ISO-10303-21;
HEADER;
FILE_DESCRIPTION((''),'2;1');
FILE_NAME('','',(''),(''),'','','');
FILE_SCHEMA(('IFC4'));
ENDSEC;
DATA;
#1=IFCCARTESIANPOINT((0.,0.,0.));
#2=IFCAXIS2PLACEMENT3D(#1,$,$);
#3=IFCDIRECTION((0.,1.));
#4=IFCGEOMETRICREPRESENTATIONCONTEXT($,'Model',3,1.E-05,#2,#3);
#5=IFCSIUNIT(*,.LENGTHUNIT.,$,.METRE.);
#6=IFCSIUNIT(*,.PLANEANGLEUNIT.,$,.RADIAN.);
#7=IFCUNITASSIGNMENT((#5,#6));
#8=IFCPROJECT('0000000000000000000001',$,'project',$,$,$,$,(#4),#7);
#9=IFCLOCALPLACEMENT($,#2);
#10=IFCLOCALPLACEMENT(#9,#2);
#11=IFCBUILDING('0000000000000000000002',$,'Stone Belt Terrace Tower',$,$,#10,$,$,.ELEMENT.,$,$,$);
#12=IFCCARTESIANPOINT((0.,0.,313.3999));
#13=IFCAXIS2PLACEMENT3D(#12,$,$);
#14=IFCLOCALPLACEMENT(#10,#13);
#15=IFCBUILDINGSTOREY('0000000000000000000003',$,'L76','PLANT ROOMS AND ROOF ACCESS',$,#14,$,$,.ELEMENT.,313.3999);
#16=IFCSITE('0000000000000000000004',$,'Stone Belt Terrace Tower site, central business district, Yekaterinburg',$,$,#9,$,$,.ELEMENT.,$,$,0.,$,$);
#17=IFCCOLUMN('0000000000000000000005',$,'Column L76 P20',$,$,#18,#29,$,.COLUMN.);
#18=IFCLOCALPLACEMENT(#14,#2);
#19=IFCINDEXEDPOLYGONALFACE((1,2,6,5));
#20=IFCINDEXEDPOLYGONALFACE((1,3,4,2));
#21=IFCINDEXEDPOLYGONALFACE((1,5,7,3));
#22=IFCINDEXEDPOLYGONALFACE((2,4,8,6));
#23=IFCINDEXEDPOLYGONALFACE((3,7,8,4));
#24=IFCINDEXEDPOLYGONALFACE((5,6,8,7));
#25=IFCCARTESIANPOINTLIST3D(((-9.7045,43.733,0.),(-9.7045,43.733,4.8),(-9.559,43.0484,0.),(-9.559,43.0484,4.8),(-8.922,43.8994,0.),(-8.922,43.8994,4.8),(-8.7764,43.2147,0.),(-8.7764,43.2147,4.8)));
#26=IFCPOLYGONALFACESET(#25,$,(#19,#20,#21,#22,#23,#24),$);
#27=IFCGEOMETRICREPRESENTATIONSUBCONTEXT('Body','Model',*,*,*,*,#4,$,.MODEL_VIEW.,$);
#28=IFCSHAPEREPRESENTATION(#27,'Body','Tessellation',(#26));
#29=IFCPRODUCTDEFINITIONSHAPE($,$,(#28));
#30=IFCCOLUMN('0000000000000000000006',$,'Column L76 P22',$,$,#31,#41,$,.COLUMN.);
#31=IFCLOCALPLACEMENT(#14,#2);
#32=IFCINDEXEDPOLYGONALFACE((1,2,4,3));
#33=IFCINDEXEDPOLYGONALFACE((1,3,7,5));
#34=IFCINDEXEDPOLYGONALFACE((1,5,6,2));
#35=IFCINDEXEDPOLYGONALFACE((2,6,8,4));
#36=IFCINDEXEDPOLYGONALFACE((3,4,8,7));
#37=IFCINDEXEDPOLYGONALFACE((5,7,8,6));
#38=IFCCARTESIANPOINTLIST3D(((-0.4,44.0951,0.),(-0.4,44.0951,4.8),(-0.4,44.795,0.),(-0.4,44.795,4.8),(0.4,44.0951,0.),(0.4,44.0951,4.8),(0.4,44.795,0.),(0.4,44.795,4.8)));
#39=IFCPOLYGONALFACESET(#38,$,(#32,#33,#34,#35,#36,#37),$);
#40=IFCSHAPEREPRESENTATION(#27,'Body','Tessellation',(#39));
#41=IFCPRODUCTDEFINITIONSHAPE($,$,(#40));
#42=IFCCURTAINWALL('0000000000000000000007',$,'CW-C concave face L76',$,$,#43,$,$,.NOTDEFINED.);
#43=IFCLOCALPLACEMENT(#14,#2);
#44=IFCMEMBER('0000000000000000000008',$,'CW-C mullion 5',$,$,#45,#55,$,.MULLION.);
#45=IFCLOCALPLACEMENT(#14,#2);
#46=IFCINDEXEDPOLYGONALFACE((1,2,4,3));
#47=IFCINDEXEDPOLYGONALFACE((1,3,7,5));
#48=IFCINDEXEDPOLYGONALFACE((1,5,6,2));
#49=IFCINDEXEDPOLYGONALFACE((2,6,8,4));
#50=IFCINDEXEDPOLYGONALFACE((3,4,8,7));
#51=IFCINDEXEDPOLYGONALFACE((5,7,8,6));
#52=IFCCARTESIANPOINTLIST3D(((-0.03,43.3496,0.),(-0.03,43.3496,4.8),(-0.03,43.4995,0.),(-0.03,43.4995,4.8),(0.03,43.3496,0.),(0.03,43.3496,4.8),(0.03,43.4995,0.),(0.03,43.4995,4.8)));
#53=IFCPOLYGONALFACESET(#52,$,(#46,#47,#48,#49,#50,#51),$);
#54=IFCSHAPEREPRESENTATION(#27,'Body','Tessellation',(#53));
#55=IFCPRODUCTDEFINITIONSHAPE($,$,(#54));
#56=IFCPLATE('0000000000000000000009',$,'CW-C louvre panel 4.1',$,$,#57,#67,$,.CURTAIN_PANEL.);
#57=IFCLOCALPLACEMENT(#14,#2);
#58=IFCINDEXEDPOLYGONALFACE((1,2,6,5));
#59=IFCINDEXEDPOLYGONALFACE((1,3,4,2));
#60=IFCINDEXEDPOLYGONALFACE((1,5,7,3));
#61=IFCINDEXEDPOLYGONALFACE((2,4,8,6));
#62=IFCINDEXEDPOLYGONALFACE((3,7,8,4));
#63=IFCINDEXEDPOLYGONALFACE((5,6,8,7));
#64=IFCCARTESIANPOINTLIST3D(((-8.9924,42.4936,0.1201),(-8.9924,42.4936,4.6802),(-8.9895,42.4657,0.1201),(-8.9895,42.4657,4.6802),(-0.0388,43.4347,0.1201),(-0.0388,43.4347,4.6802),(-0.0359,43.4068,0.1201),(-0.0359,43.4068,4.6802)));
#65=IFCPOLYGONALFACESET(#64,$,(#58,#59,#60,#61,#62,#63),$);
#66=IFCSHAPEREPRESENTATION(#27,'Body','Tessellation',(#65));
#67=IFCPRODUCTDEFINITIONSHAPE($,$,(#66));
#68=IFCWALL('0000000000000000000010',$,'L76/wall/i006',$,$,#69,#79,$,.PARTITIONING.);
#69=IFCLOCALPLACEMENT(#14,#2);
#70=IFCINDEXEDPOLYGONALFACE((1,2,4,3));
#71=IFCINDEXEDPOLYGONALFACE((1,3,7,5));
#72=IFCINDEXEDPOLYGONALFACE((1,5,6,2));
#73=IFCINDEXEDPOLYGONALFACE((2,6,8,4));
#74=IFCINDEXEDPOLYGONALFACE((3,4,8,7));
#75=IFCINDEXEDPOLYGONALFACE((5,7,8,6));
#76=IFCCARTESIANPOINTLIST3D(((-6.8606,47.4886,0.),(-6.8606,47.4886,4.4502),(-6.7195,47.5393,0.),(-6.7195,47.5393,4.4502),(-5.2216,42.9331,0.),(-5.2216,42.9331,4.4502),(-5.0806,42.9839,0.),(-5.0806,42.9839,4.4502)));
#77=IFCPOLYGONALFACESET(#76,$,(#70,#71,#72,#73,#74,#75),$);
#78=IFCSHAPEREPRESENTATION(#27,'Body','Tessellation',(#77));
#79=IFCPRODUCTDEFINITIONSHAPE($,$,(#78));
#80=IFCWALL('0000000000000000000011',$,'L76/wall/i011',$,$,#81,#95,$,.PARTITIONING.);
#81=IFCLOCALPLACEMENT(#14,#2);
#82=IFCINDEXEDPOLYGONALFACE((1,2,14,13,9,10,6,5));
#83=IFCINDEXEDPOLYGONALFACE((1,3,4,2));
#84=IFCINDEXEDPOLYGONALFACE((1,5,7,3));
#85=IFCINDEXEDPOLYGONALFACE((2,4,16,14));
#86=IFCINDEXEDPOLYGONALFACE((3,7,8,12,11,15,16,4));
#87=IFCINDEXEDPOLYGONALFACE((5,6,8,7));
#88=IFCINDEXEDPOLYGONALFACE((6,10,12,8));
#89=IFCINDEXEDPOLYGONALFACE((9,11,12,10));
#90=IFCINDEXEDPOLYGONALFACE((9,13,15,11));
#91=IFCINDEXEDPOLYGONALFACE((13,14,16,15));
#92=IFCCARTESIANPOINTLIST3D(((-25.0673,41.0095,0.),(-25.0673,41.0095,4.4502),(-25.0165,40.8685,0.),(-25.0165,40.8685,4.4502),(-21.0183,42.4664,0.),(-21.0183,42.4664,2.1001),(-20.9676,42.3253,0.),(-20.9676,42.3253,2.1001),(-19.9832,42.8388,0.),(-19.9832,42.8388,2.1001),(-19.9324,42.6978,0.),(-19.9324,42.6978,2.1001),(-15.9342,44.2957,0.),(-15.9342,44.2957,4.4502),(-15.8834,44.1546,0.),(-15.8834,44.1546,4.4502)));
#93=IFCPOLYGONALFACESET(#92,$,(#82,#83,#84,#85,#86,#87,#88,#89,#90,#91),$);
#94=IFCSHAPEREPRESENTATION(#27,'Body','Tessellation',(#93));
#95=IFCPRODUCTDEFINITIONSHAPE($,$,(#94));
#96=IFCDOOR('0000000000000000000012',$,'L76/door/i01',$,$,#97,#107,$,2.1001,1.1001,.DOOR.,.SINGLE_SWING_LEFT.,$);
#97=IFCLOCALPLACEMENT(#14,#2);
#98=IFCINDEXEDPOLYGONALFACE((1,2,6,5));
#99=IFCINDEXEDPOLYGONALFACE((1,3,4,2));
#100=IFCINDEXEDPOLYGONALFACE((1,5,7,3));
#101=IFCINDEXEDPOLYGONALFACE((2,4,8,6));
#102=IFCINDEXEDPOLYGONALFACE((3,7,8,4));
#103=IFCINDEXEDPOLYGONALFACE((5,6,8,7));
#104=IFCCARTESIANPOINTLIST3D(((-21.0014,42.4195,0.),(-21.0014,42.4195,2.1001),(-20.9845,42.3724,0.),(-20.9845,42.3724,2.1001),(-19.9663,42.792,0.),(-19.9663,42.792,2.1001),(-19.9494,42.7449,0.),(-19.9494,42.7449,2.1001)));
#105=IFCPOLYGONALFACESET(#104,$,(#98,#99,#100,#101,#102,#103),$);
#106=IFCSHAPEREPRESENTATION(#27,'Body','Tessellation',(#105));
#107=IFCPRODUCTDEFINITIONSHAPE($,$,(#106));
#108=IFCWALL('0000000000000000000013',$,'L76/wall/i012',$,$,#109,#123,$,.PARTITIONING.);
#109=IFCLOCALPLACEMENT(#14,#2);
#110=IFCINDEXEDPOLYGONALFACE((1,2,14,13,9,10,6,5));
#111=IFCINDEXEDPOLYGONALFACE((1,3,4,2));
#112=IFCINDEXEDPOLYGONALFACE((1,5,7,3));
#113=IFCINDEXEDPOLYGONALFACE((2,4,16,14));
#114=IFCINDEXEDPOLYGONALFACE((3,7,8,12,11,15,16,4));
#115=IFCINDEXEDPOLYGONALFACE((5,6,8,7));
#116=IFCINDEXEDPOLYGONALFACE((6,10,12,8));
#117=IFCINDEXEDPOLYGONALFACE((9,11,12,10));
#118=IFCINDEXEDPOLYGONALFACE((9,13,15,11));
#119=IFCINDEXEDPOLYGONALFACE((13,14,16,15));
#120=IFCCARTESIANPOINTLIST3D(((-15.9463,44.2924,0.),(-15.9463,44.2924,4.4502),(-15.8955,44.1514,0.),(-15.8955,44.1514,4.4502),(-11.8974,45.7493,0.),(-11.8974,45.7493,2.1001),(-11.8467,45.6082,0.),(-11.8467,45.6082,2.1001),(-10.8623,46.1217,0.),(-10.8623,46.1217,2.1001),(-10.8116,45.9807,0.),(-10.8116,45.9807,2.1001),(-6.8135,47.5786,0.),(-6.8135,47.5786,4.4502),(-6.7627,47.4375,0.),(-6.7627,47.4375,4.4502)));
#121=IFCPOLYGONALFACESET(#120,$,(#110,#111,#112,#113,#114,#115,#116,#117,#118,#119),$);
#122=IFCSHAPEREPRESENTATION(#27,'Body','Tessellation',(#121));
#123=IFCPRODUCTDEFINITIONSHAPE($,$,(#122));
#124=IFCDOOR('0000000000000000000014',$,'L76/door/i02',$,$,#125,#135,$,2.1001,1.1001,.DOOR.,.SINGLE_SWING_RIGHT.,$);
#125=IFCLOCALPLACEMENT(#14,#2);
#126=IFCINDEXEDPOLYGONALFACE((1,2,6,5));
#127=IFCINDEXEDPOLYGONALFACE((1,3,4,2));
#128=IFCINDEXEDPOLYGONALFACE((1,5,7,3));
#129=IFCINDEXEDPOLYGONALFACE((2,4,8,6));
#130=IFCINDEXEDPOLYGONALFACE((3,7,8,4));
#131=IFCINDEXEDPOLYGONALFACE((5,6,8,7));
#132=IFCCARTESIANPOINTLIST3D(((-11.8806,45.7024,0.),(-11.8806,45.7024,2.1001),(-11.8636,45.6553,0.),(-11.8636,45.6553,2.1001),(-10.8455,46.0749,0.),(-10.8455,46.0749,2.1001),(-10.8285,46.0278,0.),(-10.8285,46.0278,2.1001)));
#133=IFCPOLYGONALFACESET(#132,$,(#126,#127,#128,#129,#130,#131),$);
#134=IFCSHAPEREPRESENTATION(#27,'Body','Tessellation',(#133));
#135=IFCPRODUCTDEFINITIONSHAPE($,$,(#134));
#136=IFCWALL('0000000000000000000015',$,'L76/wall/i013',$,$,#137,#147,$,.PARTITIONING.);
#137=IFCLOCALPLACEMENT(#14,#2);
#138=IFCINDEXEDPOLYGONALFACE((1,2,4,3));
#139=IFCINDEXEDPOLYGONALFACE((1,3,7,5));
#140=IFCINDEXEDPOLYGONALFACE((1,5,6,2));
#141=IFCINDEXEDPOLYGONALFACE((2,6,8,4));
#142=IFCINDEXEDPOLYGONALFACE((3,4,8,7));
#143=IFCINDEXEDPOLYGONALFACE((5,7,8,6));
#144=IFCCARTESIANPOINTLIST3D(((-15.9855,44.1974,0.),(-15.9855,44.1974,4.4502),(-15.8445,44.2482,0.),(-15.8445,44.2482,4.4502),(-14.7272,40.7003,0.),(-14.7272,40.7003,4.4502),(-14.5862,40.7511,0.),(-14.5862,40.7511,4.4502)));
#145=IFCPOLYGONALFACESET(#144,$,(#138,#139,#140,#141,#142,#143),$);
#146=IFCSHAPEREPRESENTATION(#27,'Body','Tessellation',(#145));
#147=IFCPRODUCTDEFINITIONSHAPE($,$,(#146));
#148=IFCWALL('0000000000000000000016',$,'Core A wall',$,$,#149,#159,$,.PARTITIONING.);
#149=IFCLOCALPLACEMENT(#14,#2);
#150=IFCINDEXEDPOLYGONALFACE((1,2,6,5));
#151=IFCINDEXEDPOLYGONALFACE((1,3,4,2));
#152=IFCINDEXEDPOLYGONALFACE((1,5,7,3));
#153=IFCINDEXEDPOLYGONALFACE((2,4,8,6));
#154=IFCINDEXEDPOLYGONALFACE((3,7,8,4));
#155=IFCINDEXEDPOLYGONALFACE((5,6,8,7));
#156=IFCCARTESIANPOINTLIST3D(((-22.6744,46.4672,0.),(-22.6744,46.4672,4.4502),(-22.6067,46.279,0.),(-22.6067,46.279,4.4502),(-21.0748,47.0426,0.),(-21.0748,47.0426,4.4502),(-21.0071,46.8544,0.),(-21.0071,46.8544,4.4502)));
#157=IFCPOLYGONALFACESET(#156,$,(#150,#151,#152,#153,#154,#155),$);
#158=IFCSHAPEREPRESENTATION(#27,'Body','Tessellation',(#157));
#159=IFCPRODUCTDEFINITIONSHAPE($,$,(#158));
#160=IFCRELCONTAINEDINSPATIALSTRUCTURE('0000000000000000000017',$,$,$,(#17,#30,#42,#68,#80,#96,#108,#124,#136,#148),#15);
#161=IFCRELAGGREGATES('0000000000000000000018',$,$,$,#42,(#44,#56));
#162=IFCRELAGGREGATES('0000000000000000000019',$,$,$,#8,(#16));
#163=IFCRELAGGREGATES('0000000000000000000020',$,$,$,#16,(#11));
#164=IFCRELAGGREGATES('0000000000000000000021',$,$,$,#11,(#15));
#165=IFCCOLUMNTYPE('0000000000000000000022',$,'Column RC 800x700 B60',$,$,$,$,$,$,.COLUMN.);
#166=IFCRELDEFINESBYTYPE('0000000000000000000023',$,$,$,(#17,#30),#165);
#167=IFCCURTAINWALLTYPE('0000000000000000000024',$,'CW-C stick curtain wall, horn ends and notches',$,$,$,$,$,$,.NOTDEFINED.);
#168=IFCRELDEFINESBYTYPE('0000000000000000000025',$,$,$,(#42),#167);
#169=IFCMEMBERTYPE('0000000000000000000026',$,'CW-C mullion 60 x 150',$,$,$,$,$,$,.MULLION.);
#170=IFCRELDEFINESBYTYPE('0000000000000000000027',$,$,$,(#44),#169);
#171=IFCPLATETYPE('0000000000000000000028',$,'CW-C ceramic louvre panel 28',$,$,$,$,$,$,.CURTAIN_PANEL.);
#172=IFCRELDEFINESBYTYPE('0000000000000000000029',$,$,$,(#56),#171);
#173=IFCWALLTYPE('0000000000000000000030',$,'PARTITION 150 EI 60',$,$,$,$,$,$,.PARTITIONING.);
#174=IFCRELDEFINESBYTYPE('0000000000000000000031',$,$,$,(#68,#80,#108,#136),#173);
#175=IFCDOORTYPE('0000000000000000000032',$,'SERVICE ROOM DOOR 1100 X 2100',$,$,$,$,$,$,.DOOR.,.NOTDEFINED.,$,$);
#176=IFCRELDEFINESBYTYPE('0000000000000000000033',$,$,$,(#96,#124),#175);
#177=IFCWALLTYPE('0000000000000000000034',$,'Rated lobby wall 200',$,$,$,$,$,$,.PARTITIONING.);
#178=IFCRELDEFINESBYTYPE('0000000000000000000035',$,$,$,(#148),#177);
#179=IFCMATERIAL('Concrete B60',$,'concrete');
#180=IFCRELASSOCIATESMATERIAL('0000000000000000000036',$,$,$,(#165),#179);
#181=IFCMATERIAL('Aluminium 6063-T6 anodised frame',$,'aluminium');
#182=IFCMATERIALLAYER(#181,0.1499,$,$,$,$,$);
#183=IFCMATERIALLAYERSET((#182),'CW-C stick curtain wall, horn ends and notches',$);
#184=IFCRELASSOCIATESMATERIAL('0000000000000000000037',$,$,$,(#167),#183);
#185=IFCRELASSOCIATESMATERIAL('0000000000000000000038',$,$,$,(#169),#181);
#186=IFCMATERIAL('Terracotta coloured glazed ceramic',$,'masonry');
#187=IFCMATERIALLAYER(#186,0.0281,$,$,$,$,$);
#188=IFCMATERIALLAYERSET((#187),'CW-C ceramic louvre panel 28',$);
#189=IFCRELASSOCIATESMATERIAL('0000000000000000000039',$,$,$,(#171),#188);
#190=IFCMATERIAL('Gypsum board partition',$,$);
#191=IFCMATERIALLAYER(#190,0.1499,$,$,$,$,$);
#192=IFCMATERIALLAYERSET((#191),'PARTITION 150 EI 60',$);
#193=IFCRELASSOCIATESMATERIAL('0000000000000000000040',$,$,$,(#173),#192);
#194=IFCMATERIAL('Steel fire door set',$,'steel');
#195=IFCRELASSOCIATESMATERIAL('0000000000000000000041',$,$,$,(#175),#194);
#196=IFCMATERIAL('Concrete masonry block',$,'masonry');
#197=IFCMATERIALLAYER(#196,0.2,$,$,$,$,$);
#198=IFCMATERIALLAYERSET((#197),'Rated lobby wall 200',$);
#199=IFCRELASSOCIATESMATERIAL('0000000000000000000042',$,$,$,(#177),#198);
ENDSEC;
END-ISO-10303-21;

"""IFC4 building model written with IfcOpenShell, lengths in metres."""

from ifc_helpers import new_model, si_unit, direction, frame, frame_2d, origin, origin_2d, place, context, subcontext, project, spatial, rectangle, extrude, material, layer, layer_set, material_profile, profile_set, type_object, element, fill, aggregate, save


model = new_model("IFC4")

# Units and contexts
model_context = context("Model", 3, precision=1e-05, world=origin(), true_north=direction((0.0, 1.0)))
body_context = subcontext(model_context, "Body", "Model", "MODEL_VIEW")
ifc_project = project(units=[si_unit("LENGTHUNIT", "METRE"), si_unit("PLANEANGLEUNIT", "RADIAN")], contexts=[model_context])

# Site, building, storey
site_placement = place(None, origin())
site = spatial("IfcSite", under=ifc_project, at=site_placement, Name="Stone Belt Terrace Tower site, central business district, Yekaterinburg", CompositionType="ELEMENT", RefElevation=0.0)
building_placement = place(site_placement, origin())
building = spatial("IfcBuilding", under=site, at=building_placement, Name="Stone Belt Terrace Tower", CompositionType="ELEMENT")
storey_placement = place(building_placement, frame((0.0, 0.0, 313.3999)))
storey = spatial("IfcBuildingStorey", under=building, at=storey_placement, Name="L76", Description="PLANT ROOMS AND ROOF ACCESS", CompositionType="ELEMENT", Elevation=313.3999)

# Columns
ifc_material_1 = material(Name="Concrete B60", Category="concrete")
ifc_material_profile_1 = material_profile(ifc_material_1, rectangle(XDim=0.8, YDim=0.7, at=origin_2d()), Name="RC 800x700")
ifc_profile_set_1 = profile_set([ifc_material_profile_1], Name="Concrete B60")
column_type = type_object("IfcColumnType", Name="Column RC 800x700 B60", PredefinedType="COLUMN", material=ifc_profile_set_1)
for number, where, z_axis, x_axis, name in (
    (1, (-9.2405, 43.4739, 0.0), (0.0, 0.0, 1.0), (0.978148, 0.207912, 0.0), "Column L76 P20"),
    (2, (0.0, 44.4451, 0.0), (0.0, 0.0, 1.0), (1.0, 0.0, 0.0), "Column L76 P22"),
):
    element("IfcColumn", number, at=place(storey_placement, frame(where, z_axis=z_axis, x_axis=x_axis)), inside=storey, type_object=column_type, Name=name, PredefinedType="COLUMN", context=body_context, shape_type="SweptSolid", body=[
        extrude(rectangle(XDim=0.8, YDim=0.7, at=origin_2d()), origin(), (0.0, 0.0, 1.0), 4.8),
    ])

# Curtain wall, member, plate
ifc_material_2 = material(Name="Aluminium 6063-T6 anodised frame", Category="aluminium")
ifc_layer_1 = layer(ifc_material_2, 0.1499)
ifc_layer_set_1 = layer_set([ifc_layer_1], Name="CW-C stick curtain wall, horn ends and notches")
curtain_wall_type = type_object("IfcCurtainWallType", Name="CW-C stick curtain wall, horn ends and notches", PredefinedType="NOTDEFINED", material=ifc_layer_set_1)
curtain_wall_placement = place(storey_placement, origin())
curtain_wall = element("IfcCurtainWall", 3, at=curtain_wall_placement, inside=storey, type_object=curtain_wall_type, Name="CW-C concave face L76", PredefinedType="NOTDEFINED")
ifc_material_profile_2 = material_profile(ifc_material_2, rectangle(XDim=0.1499, YDim=0.0601, at=origin_2d()), Name="Aluminium 6063-T6 60x150")
ifc_profile_set_2 = profile_set([ifc_material_profile_2], Name="Aluminium 6063-T6 anodised frame")
member_type = type_object("IfcMemberType", Name="CW-C mullion 60 x 150", PredefinedType="MULLION", material=ifc_profile_set_2)
member_placement = place(storey_placement, frame((0.0, 43.4246, 0.0), z_axis=(0.0, 0.0, 1.0), x_axis=(0.0, 1.0, 0.0)))
member = element("IfcMember", 4, at=member_placement, type_object=member_type, Name="CW-C mullion 5", PredefinedType="MULLION", context=body_context, shape_type="SweptSolid", body=[
    extrude(rectangle(XDim=0.1499, YDim=0.0601, at=origin_2d()), origin(), (0.0, 0.0, 1.0), 4.8),
])
ifc_material_3 = material(Name="Terracotta coloured glazed ceramic", Category="masonry")
ifc_layer_2 = layer(ifc_material_3, 0.0281)
ifc_layer_set_2 = layer_set([ifc_layer_2], Name="CW-C ceramic louvre panel 28")
plate_type = type_object("IfcPlateType", Name="CW-C ceramic louvre panel 28", PredefinedType="CURTAIN_PANEL", material=ifc_layer_set_2)
plate_placement = place(storey_placement, frame((-4.5142, 42.9502, 0.1201), z_axis=(0.0, 0.0, 1.0), x_axis=(0.994522, 0.104528, 0.0)))
plate = element("IfcPlate", 5, at=plate_placement, type_object=plate_type, Name="CW-C louvre panel 4.1", PredefinedType="CURTAIN_PANEL", context=body_context, shape_type="SweptSolid", body=[
    extrude(rectangle(XDim=9.0029, YDim=0.0281, at=origin_2d()), origin(), (0.0, 0.0, 1.0), 4.5601),
])
aggregate(curtain_wall, [member, plate])

# Wall
ifc_material_4 = material(Name="Gypsum board partition")
ifc_layer_3 = layer(ifc_material_4, 0.1499)
ifc_layer_set_3 = layer_set([ifc_layer_3], Name="PARTITION 150 EI 60")
wall_type_1 = type_object("IfcWallType", Name="PARTITION 150 EI 60", PredefinedType="PARTITIONING", material=ifc_layer_set_3)
wall_1_placement = place(storey_placement, frame((-5.1511, 42.9585, 0.0), z_axis=(0.0, 0.0, 1.0), x_axis=(-0.33853, 0.940956, 0.0)))
element("IfcWall", 6, at=wall_1_placement, inside=storey, type_object=wall_type_1, Name="L76/wall/i006", PredefinedType="PARTITIONING", context=body_context, shape_type="SweptSolid", body=[
    extrude(rectangle(XDim=4.8413, YDim=0.1499, at=frame_2d((2.4207, 0.0))), origin(), (0.0, 0.0, 1.0), 4.4502),
])

# Walls, openings, doors
wall_2_placement = place(storey_placement, frame((-15.9089, 44.2251, 0.0), z_axis=(0.0, 0.0, 1.0), x_axis=(-0.940945, -0.338558, 0.0)))
wall_2 = element("IfcWall", 7, at=wall_2_placement, inside=storey, type_object=wall_type_1, Name="L76/wall/i011", PredefinedType="PARTITIONING", context=body_context, shape_type="SweptSolid", body=[
    extrude(rectangle(XDim=9.7063, YDim=0.1499, at=frame_2d((4.853, 0.0))), origin(), (0.0, 0.0, 1.0), 4.4502),
])
opening_1_placement = place(wall_2_placement, frame((4.303, 0.0, 0.0)))
opening_1 = element("IfcOpeningElement", 8, at=opening_1_placement, cuts=wall_2, PredefinedType="OPENING", context=body_context, shape_type="SweptSolid", body=[
    extrude(rectangle(XDim=1.1001, YDim=2.1001, at=frame_2d((0.55, 1.05))), frame((0.0, 0.085, 0.0), z_axis=(0.0, -1.0, 0.0), x_axis=(1.0, 0.0, 0.0)), (0.0, 0.0, 1.0), 0.1699),
])
ifc_material_5 = material(Name="Steel fire door set", Category="steel")
door_type_1 = type_object("IfcDoorType", Name="SERVICE ROOM DOOR 1100 X 2100", OperationType="NOTDEFINED", PredefinedType="DOOR", material=ifc_material_5)
door_1_placement = place(opening_1_placement, origin())
door_1 = element("IfcDoor", 9, at=door_1_placement, inside=storey, type_object=door_type_1, Name="L76/door/i01", OperationType="SINGLE_SWING_LEFT", OverallHeight=2.1001, OverallWidth=1.1001, PredefinedType="DOOR", context=body_context, shape_type="SweptSolid", body=[
    extrude(rectangle(XDim=1.1001, YDim=2.1001, at=frame_2d((0.55, 1.05))), frame((0.0, 0.0249, 0.0), z_axis=(0.0, -1.0, 0.0), x_axis=(1.0, 0.0, 0.0)), (0.0, 0.0, 1.0), 0.05),
])
fill(opening_1, door_1)
wall_3_placement = place(storey_placement, frame((-6.7881, 47.5081, 0.0), z_axis=(0.0, 0.0, 1.0), x_axis=(-0.940943, -0.338566, 0.0)))
wall_3 = element("IfcWall", 10, at=wall_3_placement, inside=storey, type_object=wall_type_1, Name="L76/wall/i012", PredefinedType="PARTITIONING", context=body_context, shape_type="SweptSolid", body=[
    extrude(rectangle(XDim=9.7061, YDim=0.1499, at=frame_2d((4.853, 0.0))), origin(), (0.0, 0.0, 1.0), 4.4502),
])
opening_2_placement = place(wall_3_placement, frame((4.303, 0.0, 0.0)))
opening_2 = element("IfcOpeningElement", 11, at=opening_2_placement, cuts=wall_3, PredefinedType="OPENING", context=body_context, shape_type="SweptSolid", body=[
    extrude(rectangle(XDim=1.1001, YDim=2.1001, at=frame_2d((0.55, 1.05))), frame((0.0, 0.085, 0.0), z_axis=(0.0, -1.0, 0.0), x_axis=(1.0, 0.0, 0.0)), (0.0, 0.0, 1.0), 0.1699),
])
door_2_placement = place(opening_2_placement, origin())
door_2 = element("IfcDoor", 12, at=door_2_placement, inside=storey, type_object=door_type_1, Name="L76/door/i02", OperationType="SINGLE_SWING_RIGHT", OverallHeight=2.1001, OverallWidth=1.1001, PredefinedType="DOOR", context=body_context, shape_type="SweptSolid", body=[
    extrude(rectangle(XDim=1.1001, YDim=2.1001, at=frame_2d((0.55, 1.05))), frame((0.0, 0.0249, 0.0), z_axis=(0.0, -1.0, 0.0), x_axis=(1.0, 0.0, 0.0)), (0.0, 0.0, 1.0), 0.05),
])
fill(opening_2, door_2)

# Walls
wall_4_placement = place(storey_placement, frame((-15.915, 44.2229, 0.0), z_axis=(0.0, 0.0, 1.0), x_axis=(0.338566, -0.940943, 0.0)))
element("IfcWall", 13, at=wall_4_placement, inside=storey, type_object=wall_type_1, Name="L76/wall/i013", PredefinedType="PARTITIONING", context=body_context, shape_type="SweptSolid", body=[
    extrude(rectangle(XDim=3.7166, YDim=0.1499, at=frame_2d((1.8584, 0.0))), origin(), (0.0, 0.0, 1.0), 4.4502),
])
ifc_material_6 = material(Name="Concrete masonry block", Category="masonry")
ifc_layer_4 = layer(ifc_material_6, 0.2)
ifc_layer_set_4 = layer_set([ifc_layer_4], Name="Rated lobby wall 200")
wall_type_2 = type_object("IfcWallType", Name="Rated lobby wall 200", PredefinedType="PARTITIONING", material=ifc_layer_set_4)
wall_5_placement = place(storey_placement, frame((-22.6406, 46.373, 0.0), z_axis=(0.0, 0.0, 1.0), x_axis=(0.940966, 0.338501, 0.0)))
element("IfcWall", 14, at=wall_5_placement, inside=storey, type_object=wall_type_2, Name="Core A wall", PredefinedType="PARTITIONING", context=body_context, shape_type="SweptSolid", body=[
    extrude(rectangle(XDim=1.7, YDim=0.2, at=frame_2d((0.8501, 0.0))), origin(), (0.0, 0.0, 1.0), 4.4502),
])

save(model, "model.ifc")
